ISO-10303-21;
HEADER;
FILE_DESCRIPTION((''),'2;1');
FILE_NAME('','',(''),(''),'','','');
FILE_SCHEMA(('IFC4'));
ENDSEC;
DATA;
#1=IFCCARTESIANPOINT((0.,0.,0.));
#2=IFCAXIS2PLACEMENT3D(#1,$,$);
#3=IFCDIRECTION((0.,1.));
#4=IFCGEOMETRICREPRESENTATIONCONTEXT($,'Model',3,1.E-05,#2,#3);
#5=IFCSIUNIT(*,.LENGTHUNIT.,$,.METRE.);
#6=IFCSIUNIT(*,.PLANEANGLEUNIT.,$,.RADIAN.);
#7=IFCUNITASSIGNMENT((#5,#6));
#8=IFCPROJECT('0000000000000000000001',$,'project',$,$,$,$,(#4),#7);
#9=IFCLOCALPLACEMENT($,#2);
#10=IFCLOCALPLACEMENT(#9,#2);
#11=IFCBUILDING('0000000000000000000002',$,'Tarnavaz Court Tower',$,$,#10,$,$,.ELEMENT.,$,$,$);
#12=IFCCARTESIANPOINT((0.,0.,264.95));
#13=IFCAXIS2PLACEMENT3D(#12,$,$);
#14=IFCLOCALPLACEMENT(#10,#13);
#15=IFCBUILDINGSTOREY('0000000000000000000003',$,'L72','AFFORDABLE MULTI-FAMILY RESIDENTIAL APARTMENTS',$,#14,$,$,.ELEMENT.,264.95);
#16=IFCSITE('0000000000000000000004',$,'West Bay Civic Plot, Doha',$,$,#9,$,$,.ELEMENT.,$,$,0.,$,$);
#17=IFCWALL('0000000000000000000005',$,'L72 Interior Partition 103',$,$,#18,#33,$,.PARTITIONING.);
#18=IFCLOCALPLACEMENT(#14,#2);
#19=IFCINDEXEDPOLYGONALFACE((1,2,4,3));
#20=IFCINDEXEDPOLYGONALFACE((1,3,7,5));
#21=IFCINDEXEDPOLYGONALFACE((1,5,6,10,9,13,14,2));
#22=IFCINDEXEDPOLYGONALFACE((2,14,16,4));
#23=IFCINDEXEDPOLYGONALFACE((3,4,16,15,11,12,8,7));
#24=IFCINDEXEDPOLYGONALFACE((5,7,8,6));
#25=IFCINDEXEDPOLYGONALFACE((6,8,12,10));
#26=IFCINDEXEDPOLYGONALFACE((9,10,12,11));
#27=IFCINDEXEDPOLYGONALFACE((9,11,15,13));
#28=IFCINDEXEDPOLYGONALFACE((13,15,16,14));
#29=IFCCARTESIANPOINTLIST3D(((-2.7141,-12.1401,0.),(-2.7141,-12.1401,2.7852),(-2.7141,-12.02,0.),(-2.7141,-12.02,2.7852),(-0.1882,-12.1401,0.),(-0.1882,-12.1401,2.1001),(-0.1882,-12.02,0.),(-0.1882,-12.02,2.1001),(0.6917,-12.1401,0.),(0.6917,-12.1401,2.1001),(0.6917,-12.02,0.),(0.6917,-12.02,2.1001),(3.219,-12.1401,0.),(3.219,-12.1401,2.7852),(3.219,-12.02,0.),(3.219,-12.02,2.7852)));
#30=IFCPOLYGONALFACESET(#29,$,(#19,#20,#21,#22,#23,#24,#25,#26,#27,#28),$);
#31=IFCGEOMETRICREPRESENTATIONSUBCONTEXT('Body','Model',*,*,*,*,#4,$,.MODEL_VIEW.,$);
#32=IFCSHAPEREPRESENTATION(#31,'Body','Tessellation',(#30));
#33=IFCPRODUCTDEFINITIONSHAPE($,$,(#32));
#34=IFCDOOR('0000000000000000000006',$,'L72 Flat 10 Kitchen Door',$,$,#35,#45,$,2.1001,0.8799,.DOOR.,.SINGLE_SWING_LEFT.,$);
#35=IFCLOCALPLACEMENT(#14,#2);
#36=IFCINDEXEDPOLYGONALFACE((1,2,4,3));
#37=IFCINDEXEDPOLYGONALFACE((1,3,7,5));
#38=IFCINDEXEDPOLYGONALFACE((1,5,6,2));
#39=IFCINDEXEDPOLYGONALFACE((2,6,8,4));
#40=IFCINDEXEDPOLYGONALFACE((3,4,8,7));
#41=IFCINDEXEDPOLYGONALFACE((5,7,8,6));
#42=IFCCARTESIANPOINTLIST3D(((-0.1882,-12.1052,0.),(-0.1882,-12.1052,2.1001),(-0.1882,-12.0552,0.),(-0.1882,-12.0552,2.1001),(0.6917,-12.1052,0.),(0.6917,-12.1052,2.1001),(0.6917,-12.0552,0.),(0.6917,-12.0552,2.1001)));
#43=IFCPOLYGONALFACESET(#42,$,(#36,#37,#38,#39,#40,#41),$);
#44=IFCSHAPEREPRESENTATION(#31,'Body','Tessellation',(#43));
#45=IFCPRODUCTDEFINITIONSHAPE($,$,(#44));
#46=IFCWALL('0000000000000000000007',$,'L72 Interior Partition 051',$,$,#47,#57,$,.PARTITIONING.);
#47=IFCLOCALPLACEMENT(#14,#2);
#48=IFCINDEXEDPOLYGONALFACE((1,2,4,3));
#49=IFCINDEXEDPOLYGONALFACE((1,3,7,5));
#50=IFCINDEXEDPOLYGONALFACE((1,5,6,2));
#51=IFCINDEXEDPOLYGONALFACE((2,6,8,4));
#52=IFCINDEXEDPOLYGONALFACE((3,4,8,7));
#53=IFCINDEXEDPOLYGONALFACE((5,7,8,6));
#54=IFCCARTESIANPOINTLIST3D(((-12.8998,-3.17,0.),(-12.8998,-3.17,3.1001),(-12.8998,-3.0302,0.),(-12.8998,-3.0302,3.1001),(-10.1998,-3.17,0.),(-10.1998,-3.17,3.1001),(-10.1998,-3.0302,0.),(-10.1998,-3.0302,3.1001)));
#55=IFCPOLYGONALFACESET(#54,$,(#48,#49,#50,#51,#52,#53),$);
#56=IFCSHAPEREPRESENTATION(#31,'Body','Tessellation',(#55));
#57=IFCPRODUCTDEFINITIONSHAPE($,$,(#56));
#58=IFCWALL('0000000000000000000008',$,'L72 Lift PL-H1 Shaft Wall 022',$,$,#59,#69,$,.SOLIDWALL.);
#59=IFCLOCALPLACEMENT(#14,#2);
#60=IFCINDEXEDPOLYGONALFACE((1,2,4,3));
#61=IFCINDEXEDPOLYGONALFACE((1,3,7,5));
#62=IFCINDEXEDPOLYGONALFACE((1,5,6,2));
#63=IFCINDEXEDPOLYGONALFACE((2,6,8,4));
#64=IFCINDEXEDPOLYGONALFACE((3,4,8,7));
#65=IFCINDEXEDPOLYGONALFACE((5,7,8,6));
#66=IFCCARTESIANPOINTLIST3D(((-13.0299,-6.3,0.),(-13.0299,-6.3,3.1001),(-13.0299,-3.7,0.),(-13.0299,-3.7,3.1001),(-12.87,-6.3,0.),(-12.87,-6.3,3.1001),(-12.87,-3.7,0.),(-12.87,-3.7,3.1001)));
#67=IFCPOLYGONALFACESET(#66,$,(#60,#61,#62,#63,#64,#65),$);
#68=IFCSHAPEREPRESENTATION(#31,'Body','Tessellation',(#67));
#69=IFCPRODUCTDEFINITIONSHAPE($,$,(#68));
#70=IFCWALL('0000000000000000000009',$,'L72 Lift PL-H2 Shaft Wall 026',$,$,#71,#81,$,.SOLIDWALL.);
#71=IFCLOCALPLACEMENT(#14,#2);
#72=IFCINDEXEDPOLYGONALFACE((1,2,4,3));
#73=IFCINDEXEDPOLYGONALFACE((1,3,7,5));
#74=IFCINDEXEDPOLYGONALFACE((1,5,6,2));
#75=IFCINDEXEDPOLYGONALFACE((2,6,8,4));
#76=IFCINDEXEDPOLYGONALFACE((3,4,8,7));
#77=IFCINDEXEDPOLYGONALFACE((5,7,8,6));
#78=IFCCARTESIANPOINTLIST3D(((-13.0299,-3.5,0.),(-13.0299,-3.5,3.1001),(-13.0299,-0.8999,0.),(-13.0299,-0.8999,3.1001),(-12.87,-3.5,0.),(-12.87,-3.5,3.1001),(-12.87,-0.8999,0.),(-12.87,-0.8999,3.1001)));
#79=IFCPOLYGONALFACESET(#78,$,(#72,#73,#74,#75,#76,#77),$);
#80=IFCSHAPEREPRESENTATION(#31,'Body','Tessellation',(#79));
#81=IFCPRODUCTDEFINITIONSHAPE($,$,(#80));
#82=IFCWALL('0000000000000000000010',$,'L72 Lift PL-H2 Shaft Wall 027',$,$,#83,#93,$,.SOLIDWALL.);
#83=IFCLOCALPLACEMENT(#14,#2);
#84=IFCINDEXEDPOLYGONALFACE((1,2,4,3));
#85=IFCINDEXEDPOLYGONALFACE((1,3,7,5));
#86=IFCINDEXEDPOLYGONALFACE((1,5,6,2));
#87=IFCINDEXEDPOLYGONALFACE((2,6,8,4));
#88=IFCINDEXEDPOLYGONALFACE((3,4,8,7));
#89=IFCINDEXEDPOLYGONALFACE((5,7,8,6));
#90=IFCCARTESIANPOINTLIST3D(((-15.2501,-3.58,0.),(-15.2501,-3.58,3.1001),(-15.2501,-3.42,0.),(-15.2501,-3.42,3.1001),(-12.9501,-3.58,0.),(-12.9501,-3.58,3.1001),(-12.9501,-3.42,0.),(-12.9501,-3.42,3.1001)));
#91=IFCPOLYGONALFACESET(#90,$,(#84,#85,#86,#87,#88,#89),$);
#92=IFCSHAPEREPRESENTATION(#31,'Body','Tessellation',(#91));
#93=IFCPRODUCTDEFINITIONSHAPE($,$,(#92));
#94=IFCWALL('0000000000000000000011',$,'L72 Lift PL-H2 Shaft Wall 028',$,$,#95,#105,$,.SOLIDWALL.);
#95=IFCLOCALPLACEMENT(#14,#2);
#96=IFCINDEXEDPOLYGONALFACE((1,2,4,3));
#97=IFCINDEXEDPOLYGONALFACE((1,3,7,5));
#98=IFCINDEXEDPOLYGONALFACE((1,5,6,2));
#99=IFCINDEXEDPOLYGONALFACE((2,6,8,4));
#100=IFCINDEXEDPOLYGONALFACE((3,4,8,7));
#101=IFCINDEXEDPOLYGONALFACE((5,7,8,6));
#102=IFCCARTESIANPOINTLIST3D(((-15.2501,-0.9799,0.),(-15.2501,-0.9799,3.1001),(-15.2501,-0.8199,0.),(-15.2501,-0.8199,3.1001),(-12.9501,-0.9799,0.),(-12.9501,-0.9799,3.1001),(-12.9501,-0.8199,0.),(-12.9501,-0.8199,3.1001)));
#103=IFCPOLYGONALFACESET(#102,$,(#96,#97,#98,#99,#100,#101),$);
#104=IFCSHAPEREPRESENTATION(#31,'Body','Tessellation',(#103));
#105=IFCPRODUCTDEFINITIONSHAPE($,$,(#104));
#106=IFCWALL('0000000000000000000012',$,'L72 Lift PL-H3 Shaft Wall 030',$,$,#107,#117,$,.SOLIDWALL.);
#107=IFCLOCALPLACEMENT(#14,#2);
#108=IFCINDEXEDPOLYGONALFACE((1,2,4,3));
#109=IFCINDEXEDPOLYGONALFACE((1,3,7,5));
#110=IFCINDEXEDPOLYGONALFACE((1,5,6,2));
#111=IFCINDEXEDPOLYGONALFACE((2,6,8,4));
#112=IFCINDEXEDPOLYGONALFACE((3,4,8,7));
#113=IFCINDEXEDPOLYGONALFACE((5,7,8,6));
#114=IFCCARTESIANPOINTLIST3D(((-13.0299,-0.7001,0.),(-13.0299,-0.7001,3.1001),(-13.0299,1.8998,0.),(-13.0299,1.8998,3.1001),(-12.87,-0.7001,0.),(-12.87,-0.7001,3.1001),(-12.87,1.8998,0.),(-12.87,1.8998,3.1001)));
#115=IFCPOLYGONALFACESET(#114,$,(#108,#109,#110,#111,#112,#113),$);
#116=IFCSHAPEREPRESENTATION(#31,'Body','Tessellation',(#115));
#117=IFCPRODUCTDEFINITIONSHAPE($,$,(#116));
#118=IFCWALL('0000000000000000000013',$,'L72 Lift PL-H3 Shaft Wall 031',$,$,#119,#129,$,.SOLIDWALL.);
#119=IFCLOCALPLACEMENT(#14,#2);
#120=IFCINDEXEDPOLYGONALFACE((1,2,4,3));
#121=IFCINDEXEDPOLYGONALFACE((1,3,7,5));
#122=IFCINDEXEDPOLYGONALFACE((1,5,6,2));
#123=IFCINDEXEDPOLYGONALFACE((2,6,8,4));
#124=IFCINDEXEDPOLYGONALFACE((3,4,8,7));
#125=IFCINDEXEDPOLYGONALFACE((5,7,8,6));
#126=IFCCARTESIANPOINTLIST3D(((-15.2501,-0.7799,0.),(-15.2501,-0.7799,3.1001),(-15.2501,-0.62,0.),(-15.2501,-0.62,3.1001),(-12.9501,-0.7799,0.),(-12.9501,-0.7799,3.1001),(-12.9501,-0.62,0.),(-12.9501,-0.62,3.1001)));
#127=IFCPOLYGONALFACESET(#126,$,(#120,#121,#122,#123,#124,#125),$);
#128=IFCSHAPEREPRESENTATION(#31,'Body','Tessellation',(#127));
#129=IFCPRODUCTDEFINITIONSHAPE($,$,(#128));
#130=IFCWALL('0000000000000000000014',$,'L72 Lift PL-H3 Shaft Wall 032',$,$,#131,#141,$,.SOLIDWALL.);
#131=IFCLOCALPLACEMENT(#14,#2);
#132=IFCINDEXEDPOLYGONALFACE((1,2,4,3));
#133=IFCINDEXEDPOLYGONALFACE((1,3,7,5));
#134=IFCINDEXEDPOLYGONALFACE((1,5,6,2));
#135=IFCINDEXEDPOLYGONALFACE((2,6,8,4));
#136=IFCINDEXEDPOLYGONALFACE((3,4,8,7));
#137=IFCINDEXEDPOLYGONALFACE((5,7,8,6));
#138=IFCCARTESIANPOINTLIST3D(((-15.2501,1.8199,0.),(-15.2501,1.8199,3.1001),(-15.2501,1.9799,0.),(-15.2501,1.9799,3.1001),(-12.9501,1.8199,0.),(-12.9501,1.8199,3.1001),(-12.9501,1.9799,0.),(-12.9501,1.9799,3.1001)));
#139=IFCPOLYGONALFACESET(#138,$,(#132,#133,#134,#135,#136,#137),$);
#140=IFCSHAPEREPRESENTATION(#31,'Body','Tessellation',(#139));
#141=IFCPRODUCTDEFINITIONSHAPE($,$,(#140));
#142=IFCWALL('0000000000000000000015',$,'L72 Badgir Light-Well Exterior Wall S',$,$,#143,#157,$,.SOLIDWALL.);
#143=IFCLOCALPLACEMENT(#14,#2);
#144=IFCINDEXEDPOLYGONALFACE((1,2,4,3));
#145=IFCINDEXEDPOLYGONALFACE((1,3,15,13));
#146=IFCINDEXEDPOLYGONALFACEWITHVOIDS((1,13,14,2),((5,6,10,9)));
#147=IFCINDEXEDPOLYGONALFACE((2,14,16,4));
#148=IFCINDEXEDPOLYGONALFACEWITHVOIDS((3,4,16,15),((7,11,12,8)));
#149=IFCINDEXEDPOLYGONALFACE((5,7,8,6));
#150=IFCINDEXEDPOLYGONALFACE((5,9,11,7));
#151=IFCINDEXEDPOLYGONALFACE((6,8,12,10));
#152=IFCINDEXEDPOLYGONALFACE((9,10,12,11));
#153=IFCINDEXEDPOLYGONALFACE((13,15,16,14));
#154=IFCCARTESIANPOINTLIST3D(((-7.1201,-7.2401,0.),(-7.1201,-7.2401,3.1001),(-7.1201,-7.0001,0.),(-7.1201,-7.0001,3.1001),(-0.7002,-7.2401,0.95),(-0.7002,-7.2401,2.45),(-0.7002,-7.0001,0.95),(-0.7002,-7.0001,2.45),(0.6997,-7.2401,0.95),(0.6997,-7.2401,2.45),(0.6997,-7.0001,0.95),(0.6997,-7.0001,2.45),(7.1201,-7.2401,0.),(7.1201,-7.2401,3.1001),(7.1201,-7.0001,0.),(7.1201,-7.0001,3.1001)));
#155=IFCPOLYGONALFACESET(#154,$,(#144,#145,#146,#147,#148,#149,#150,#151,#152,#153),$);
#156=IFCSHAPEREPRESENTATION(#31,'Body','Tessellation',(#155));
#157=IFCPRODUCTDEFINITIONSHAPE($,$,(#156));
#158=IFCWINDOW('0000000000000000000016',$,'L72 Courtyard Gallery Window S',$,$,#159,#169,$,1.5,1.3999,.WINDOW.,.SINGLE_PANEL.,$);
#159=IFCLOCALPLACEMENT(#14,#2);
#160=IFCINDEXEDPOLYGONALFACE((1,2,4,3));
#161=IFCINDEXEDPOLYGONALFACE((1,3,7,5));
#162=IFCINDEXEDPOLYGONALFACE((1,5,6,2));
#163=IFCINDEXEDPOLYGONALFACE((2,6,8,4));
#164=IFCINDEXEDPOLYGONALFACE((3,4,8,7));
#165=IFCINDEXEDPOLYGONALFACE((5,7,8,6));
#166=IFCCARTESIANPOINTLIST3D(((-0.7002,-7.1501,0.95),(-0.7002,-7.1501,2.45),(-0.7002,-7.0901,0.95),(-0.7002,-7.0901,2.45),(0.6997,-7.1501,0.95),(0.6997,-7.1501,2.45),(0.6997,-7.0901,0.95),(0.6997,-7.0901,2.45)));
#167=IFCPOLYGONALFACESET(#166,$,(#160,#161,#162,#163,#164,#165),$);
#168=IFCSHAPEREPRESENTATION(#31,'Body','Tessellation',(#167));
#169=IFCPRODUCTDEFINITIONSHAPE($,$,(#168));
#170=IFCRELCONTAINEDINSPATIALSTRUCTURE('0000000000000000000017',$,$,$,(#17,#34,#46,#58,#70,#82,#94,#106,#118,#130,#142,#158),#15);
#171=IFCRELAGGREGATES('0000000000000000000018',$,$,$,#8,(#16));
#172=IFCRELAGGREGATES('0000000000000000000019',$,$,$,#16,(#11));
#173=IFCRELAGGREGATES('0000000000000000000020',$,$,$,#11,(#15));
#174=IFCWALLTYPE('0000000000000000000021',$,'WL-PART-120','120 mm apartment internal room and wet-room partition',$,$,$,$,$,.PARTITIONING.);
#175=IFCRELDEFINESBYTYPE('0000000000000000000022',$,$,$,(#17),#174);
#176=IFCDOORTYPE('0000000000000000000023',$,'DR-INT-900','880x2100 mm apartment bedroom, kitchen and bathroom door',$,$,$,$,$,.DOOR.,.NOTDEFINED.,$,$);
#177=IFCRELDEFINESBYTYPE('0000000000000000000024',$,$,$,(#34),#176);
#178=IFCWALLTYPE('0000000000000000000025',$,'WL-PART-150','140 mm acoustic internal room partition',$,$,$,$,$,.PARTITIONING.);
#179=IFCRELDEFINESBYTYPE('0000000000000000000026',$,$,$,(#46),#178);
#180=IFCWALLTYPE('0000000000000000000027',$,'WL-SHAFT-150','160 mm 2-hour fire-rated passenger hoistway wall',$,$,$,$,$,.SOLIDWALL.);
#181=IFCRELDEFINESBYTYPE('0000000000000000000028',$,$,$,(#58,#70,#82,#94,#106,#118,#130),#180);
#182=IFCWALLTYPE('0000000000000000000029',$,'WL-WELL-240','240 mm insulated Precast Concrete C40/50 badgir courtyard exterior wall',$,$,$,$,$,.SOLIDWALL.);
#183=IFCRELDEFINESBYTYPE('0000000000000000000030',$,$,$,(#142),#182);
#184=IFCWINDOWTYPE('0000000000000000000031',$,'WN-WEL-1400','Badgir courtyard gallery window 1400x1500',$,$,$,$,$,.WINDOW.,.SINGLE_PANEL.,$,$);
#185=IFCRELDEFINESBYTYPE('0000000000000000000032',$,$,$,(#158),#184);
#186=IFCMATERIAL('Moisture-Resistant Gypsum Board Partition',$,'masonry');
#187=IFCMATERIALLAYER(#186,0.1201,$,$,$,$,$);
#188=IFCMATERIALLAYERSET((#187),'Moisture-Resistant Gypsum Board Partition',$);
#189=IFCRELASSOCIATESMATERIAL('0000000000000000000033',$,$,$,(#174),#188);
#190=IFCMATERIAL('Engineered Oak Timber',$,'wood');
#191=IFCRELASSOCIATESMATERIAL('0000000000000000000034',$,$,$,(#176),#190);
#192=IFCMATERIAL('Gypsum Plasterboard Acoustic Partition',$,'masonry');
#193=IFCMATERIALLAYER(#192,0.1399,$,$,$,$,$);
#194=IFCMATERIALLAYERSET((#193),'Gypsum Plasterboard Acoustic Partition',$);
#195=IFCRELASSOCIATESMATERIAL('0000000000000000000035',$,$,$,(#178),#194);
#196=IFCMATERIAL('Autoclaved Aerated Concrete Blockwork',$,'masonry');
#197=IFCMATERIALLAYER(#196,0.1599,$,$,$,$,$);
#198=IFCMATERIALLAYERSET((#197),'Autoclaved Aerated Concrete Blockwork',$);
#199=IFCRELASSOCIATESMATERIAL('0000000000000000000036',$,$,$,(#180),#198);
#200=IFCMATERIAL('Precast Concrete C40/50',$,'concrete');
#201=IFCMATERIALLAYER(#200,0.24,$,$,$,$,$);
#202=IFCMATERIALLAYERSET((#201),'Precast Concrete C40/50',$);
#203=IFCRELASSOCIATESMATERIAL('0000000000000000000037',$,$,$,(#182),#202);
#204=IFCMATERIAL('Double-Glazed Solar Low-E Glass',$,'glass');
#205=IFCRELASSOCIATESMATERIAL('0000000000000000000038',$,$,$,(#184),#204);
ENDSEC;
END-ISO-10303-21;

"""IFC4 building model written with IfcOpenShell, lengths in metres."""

from ifc_helpers import new_model, si_unit, direction, frame, frame_2d, origin, place, context, subcontext, project, spatial, rectangle, extrude, material, layer, layer_set, type_object, element, fill, save


model = new_model("IFC4")

# Units and contexts
model_context = context("Model", 3, precision=1e-05, world=origin(), true_north=direction((0.0, 1.0)))
body_context = subcontext(model_context, "Body", "Model", "MODEL_VIEW")
ifc_project = project(units=[si_unit("LENGTHUNIT", "METRE"), si_unit("PLANEANGLEUNIT", "RADIAN")], contexts=[model_context])

# Site, building, storey
site_placement = place(None, origin())
site = spatial("IfcSite", under=ifc_project, at=site_placement, Name="West Bay Civic Plot, Doha", CompositionType="ELEMENT", RefElevation=0.0)
building_placement = place(site_placement, origin())
building = spatial("IfcBuilding", under=site, at=building_placement, Name="Tarnavaz Court Tower", CompositionType="ELEMENT")
storey_placement = place(building_placement, frame((0.0, 0.0, 264.95)))
storey = spatial("IfcBuildingStorey", under=building, at=storey_placement, Name="L72", Description="AFFORDABLE MULTI-FAMILY RESIDENTIAL APARTMENTS", CompositionType="ELEMENT", Elevation=264.95)

# Wall, opening, door
ifc_material_1 = material(Name="Moisture-Resistant Gypsum Board Partition", Category="masonry")
ifc_layer_1 = layer(ifc_material_1, 0.1201)
ifc_layer_set_1 = layer_set([ifc_layer_1], Name="Moisture-Resistant Gypsum Board Partition")
wall_type_1 = type_object("IfcWallType", Name="WL-PART-120", Description="120 mm apartment internal room and wet-room partition", PredefinedType="PARTITIONING", material=ifc_layer_set_1)
wall_1_placement = place(storey_placement, frame((-2.7141, -12.0801, 0.0), z_axis=(0.0, 0.0, 1.0), x_axis=(1.0, 0.0, 0.0)))
wall_1 = element("IfcWall", 1, at=wall_1_placement, inside=storey, type_object=wall_type_1, Name="L72 Interior Partition 103", PredefinedType="PARTITIONING", context=body_context, shape_type="SweptSolid", body=[
    extrude(rectangle(XDim=5.9331, YDim=0.1201, at=frame_2d((2.9666, 0.0))), origin(), (0.0, 0.0, 1.0), 2.7852),
])
opening_1_placement = place(wall_1_placement, frame((2.5259, 0.0, 0.0)))
opening_1 = element("IfcOpeningElement", 2, at=opening_1_placement, cuts=wall_1, PredefinedType="OPENING", context=body_context, shape_type="SweptSolid", body=[
    extrude(rectangle(XDim=0.8799, YDim=2.1001, at=frame_2d((0.4399, 1.05))), frame((0.0, 0.0701, 0.0), z_axis=(0.0, -1.0, 0.0), x_axis=(1.0, 0.0, 0.0)), (0.0, 0.0, 1.0), 0.1401),
])
ifc_material_2 = material(Name="Engineered Oak Timber", Category="wood")
door_type_1 = type_object("IfcDoorType", Name="DR-INT-900", Description="880x2100 mm apartment bedroom, kitchen and bathroom door", OperationType="NOTDEFINED", PredefinedType="DOOR", material=ifc_material_2)
door_1_placement = place(opening_1_placement, origin())
door_1 = element("IfcDoor", 3, at=door_1_placement, inside=storey, type_object=door_type_1, Name="L72 Flat 10 Kitchen Door", OperationType="SINGLE_SWING_LEFT", OverallHeight=2.1001, OverallWidth=0.8799, PredefinedType="DOOR", context=body_context, shape_type="SweptSolid", body=[
    extrude(rectangle(XDim=0.8799, YDim=2.1001, at=frame_2d((0.4399, 1.05))), frame((0.0, 0.0249, 0.0), z_axis=(0.0, -1.0, 0.0), x_axis=(1.0, 0.0, 0.0)), (0.0, 0.0, 1.0), 0.05),
])
fill(opening_1, door_1)

# Shared definitions
ifc_material_3 = material(Name="Gypsum Plasterboard Acoustic Partition", Category="masonry")
ifc_layer_2 = layer(ifc_material_3, 0.1399)
ifc_layer_set_2 = layer_set([ifc_layer_2], Name="Gypsum Plasterboard Acoustic Partition")
wall_type_2 = type_object("IfcWallType", Name="WL-PART-150", Description="140 mm acoustic internal room partition", PredefinedType="PARTITIONING", material=ifc_layer_set_2)

# Walls
wall_2_placement = place(storey_placement, frame((-12.8999, -3.1001, 0.0), z_axis=(0.0, 0.0, 1.0), x_axis=(1.0, 0.0, 0.0)))
element("IfcWall", 4, at=wall_2_placement, inside=storey, type_object=wall_type_2, Name="L72 Interior Partition 051", PredefinedType="PARTITIONING", context=body_context, shape_type="SweptSolid", body=[
    extrude(rectangle(XDim=2.7, YDim=0.1399, at=frame_2d((1.3501, 0.0))), origin(), (0.0, 0.0, 1.0), 3.1001),
])
ifc_material_4 = material(Name="Autoclaved Aerated Concrete Blockwork", Category="masonry")
ifc_layer_3 = layer(ifc_material_4, 0.1599)
ifc_layer_set_3 = layer_set([ifc_layer_3], Name="Autoclaved Aerated Concrete Blockwork")
wall_type_3 = type_object("IfcWallType", Name="WL-SHAFT-150", Description="160 mm 2-hour fire-rated passenger hoistway wall", PredefinedType="SOLIDWALL", material=ifc_layer_set_3)
for number, where, z_axis, x_axis, name in (
    (5, (-12.95, -6.3, 0.0), (0.0, 0.0, 1.0), (0.0, 1.0, 0.0), "L72 Lift PL-H1 Shaft Wall 022"),
    (6, (-12.95, -3.5, 0.0), (0.0, 0.0, 1.0), (0.0, 1.0, 0.0), "L72 Lift PL-H2 Shaft Wall 026"),
):
    element("IfcWall", number, at=place(storey_placement, frame(where, z_axis=z_axis, x_axis=x_axis)), inside=storey, type_object=wall_type_3, Name=name, PredefinedType="SOLIDWALL", context=body_context, shape_type="SweptSolid", body=[
        extrude(rectangle(XDim=2.6001, YDim=0.1599, at=frame_2d((1.3, 0.0))), origin(), (0.0, 0.0, 1.0), 3.1001),
    ])
for number, where, z_axis, x_axis, name in (
    (7, (-15.25, -3.5, 0.0), (0.0, 0.0, 1.0), (1.0, 0.0, 0.0), "L72 Lift PL-H2 Shaft Wall 027"),
    (8, (-15.25, -0.8999, 0.0), (0.0, 0.0, 1.0), (1.0, 0.0, 0.0), "L72 Lift PL-H2 Shaft Wall 028"),
):
    element("IfcWall", number, at=place(storey_placement, frame(where, z_axis=z_axis, x_axis=x_axis)), inside=storey, type_object=wall_type_3, Name=name, PredefinedType="SOLIDWALL", context=body_context, shape_type="SweptSolid", body=[
        extrude(rectangle(XDim=2.3, YDim=0.1599, at=frame_2d((1.1499, 0.0))), origin(), (0.0, 0.0, 1.0), 3.1001),
    ])

# Walls
wall_3_placement = place(storey_placement, frame((-12.95, -0.7, 0.0), z_axis=(0.0, 0.0, 1.0), x_axis=(0.0, 1.0, 0.0)))
element("IfcWall", 9, at=wall_3_placement, inside=storey, type_object=wall_type_3, Name="L72 Lift PL-H3 Shaft Wall 030", PredefinedType="SOLIDWALL", context=body_context, shape_type="SweptSolid", body=[
    extrude(rectangle(XDim=2.5999, YDim=0.1599, at=frame_2d((1.2998, 0.0))), origin(), (0.0, 0.0, 1.0), 3.1001),
])
for number, where, z_axis, x_axis, name in (
    (10, (-15.25, -0.7, 0.0), (0.0, 0.0, 1.0), (1.0, 0.0, 0.0), "L72 Lift PL-H3 Shaft Wall 031"),
    (11, (-15.25, 1.8999, 0.0), (0.0, 0.0, 1.0), (1.0, 0.0, 0.0), "L72 Lift PL-H3 Shaft Wall 032"),
):
    element("IfcWall", number, at=place(storey_placement, frame(where, z_axis=z_axis, x_axis=x_axis)), inside=storey, type_object=wall_type_3, Name=name, PredefinedType="SOLIDWALL", context=body_context, shape_type="SweptSolid", body=[
        extrude(rectangle(XDim=2.3, YDim=0.1599, at=frame_2d((1.1499, 0.0))), origin(), (0.0, 0.0, 1.0), 3.1001),
    ])

# Wall, opening, window
ifc_material_5 = material(Name="Precast Concrete C40/50", Category="concrete")
ifc_layer_4 = layer(ifc_material_5, 0.24)
ifc_layer_set_4 = layer_set([ifc_layer_4], Name="Precast Concrete C40/50")
wall_type_4 = type_object("IfcWallType", Name="WL-WELL-240", Description="240 mm insulated Precast Concrete C40/50 badgir courtyard exterior wall", PredefinedType="SOLIDWALL", material=ifc_layer_set_4)
wall_4_placement = place(storey_placement, frame((-7.1201, -7.1201, 0.0), z_axis=(0.0, 0.0, 1.0), x_axis=(1.0, 0.0, 0.0)))
wall_4 = element("IfcWall", 12, at=wall_4_placement, inside=storey, type_object=wall_type_4, Name="L72 Badgir Light-Well Exterior Wall S", PredefinedType="SOLIDWALL", context=body_context, shape_type="SweptSolid", body=[
    extrude(rectangle(XDim=14.2402, YDim=0.24, at=frame_2d((7.1201, 0.0))), origin(), (0.0, 0.0, 1.0), 3.1001),
])
opening_2_placement = place(wall_4_placement, frame((6.4199, 0.0, 0.95)))
opening_2 = element("IfcOpeningElement", 13, at=opening_2_placement, cuts=wall_4, PredefinedType="OPENING", context=body_context, shape_type="SweptSolid", body=[
    extrude(rectangle(XDim=1.3999, YDim=1.5, at=frame_2d((0.7, 0.75))), frame((0.0, 0.1299, 0.0), z_axis=(0.0, -1.0, 0.0), x_axis=(1.0, 0.0, 0.0)), (0.0, 0.0, 1.0), 0.26),
])
ifc_material_6 = material(Name="Double-Glazed Solar Low-E Glass", Category="glass")
window_type = type_object("IfcWindowType", Name="WN-WEL-1400", Description="Badgir courtyard gallery window 1400x1500", PartitioningType="SINGLE_PANEL", PredefinedType="WINDOW", material=ifc_material_6)
window_placement = place(opening_2_placement, origin())
window = element("IfcWindow", 14, at=window_placement, inside=storey, type_object=window_type, Name="L72 Courtyard Gallery Window S", OverallHeight=1.5, OverallWidth=1.3999, PartitioningType="SINGLE_PANEL", PredefinedType="WINDOW", context=body_context, shape_type="SweptSolid", body=[
    extrude(rectangle(XDim=1.3999, YDim=1.5, at=frame_2d((0.7, 0.75))), frame((0.0, 0.03, 0.0), z_axis=(0.0, -1.0, 0.0), x_axis=(1.0, 0.0, 0.0)), (0.0, 0.0, 1.0), 0.0601),
])
fill(opening_2, window)

save(model, "model.ifc")
